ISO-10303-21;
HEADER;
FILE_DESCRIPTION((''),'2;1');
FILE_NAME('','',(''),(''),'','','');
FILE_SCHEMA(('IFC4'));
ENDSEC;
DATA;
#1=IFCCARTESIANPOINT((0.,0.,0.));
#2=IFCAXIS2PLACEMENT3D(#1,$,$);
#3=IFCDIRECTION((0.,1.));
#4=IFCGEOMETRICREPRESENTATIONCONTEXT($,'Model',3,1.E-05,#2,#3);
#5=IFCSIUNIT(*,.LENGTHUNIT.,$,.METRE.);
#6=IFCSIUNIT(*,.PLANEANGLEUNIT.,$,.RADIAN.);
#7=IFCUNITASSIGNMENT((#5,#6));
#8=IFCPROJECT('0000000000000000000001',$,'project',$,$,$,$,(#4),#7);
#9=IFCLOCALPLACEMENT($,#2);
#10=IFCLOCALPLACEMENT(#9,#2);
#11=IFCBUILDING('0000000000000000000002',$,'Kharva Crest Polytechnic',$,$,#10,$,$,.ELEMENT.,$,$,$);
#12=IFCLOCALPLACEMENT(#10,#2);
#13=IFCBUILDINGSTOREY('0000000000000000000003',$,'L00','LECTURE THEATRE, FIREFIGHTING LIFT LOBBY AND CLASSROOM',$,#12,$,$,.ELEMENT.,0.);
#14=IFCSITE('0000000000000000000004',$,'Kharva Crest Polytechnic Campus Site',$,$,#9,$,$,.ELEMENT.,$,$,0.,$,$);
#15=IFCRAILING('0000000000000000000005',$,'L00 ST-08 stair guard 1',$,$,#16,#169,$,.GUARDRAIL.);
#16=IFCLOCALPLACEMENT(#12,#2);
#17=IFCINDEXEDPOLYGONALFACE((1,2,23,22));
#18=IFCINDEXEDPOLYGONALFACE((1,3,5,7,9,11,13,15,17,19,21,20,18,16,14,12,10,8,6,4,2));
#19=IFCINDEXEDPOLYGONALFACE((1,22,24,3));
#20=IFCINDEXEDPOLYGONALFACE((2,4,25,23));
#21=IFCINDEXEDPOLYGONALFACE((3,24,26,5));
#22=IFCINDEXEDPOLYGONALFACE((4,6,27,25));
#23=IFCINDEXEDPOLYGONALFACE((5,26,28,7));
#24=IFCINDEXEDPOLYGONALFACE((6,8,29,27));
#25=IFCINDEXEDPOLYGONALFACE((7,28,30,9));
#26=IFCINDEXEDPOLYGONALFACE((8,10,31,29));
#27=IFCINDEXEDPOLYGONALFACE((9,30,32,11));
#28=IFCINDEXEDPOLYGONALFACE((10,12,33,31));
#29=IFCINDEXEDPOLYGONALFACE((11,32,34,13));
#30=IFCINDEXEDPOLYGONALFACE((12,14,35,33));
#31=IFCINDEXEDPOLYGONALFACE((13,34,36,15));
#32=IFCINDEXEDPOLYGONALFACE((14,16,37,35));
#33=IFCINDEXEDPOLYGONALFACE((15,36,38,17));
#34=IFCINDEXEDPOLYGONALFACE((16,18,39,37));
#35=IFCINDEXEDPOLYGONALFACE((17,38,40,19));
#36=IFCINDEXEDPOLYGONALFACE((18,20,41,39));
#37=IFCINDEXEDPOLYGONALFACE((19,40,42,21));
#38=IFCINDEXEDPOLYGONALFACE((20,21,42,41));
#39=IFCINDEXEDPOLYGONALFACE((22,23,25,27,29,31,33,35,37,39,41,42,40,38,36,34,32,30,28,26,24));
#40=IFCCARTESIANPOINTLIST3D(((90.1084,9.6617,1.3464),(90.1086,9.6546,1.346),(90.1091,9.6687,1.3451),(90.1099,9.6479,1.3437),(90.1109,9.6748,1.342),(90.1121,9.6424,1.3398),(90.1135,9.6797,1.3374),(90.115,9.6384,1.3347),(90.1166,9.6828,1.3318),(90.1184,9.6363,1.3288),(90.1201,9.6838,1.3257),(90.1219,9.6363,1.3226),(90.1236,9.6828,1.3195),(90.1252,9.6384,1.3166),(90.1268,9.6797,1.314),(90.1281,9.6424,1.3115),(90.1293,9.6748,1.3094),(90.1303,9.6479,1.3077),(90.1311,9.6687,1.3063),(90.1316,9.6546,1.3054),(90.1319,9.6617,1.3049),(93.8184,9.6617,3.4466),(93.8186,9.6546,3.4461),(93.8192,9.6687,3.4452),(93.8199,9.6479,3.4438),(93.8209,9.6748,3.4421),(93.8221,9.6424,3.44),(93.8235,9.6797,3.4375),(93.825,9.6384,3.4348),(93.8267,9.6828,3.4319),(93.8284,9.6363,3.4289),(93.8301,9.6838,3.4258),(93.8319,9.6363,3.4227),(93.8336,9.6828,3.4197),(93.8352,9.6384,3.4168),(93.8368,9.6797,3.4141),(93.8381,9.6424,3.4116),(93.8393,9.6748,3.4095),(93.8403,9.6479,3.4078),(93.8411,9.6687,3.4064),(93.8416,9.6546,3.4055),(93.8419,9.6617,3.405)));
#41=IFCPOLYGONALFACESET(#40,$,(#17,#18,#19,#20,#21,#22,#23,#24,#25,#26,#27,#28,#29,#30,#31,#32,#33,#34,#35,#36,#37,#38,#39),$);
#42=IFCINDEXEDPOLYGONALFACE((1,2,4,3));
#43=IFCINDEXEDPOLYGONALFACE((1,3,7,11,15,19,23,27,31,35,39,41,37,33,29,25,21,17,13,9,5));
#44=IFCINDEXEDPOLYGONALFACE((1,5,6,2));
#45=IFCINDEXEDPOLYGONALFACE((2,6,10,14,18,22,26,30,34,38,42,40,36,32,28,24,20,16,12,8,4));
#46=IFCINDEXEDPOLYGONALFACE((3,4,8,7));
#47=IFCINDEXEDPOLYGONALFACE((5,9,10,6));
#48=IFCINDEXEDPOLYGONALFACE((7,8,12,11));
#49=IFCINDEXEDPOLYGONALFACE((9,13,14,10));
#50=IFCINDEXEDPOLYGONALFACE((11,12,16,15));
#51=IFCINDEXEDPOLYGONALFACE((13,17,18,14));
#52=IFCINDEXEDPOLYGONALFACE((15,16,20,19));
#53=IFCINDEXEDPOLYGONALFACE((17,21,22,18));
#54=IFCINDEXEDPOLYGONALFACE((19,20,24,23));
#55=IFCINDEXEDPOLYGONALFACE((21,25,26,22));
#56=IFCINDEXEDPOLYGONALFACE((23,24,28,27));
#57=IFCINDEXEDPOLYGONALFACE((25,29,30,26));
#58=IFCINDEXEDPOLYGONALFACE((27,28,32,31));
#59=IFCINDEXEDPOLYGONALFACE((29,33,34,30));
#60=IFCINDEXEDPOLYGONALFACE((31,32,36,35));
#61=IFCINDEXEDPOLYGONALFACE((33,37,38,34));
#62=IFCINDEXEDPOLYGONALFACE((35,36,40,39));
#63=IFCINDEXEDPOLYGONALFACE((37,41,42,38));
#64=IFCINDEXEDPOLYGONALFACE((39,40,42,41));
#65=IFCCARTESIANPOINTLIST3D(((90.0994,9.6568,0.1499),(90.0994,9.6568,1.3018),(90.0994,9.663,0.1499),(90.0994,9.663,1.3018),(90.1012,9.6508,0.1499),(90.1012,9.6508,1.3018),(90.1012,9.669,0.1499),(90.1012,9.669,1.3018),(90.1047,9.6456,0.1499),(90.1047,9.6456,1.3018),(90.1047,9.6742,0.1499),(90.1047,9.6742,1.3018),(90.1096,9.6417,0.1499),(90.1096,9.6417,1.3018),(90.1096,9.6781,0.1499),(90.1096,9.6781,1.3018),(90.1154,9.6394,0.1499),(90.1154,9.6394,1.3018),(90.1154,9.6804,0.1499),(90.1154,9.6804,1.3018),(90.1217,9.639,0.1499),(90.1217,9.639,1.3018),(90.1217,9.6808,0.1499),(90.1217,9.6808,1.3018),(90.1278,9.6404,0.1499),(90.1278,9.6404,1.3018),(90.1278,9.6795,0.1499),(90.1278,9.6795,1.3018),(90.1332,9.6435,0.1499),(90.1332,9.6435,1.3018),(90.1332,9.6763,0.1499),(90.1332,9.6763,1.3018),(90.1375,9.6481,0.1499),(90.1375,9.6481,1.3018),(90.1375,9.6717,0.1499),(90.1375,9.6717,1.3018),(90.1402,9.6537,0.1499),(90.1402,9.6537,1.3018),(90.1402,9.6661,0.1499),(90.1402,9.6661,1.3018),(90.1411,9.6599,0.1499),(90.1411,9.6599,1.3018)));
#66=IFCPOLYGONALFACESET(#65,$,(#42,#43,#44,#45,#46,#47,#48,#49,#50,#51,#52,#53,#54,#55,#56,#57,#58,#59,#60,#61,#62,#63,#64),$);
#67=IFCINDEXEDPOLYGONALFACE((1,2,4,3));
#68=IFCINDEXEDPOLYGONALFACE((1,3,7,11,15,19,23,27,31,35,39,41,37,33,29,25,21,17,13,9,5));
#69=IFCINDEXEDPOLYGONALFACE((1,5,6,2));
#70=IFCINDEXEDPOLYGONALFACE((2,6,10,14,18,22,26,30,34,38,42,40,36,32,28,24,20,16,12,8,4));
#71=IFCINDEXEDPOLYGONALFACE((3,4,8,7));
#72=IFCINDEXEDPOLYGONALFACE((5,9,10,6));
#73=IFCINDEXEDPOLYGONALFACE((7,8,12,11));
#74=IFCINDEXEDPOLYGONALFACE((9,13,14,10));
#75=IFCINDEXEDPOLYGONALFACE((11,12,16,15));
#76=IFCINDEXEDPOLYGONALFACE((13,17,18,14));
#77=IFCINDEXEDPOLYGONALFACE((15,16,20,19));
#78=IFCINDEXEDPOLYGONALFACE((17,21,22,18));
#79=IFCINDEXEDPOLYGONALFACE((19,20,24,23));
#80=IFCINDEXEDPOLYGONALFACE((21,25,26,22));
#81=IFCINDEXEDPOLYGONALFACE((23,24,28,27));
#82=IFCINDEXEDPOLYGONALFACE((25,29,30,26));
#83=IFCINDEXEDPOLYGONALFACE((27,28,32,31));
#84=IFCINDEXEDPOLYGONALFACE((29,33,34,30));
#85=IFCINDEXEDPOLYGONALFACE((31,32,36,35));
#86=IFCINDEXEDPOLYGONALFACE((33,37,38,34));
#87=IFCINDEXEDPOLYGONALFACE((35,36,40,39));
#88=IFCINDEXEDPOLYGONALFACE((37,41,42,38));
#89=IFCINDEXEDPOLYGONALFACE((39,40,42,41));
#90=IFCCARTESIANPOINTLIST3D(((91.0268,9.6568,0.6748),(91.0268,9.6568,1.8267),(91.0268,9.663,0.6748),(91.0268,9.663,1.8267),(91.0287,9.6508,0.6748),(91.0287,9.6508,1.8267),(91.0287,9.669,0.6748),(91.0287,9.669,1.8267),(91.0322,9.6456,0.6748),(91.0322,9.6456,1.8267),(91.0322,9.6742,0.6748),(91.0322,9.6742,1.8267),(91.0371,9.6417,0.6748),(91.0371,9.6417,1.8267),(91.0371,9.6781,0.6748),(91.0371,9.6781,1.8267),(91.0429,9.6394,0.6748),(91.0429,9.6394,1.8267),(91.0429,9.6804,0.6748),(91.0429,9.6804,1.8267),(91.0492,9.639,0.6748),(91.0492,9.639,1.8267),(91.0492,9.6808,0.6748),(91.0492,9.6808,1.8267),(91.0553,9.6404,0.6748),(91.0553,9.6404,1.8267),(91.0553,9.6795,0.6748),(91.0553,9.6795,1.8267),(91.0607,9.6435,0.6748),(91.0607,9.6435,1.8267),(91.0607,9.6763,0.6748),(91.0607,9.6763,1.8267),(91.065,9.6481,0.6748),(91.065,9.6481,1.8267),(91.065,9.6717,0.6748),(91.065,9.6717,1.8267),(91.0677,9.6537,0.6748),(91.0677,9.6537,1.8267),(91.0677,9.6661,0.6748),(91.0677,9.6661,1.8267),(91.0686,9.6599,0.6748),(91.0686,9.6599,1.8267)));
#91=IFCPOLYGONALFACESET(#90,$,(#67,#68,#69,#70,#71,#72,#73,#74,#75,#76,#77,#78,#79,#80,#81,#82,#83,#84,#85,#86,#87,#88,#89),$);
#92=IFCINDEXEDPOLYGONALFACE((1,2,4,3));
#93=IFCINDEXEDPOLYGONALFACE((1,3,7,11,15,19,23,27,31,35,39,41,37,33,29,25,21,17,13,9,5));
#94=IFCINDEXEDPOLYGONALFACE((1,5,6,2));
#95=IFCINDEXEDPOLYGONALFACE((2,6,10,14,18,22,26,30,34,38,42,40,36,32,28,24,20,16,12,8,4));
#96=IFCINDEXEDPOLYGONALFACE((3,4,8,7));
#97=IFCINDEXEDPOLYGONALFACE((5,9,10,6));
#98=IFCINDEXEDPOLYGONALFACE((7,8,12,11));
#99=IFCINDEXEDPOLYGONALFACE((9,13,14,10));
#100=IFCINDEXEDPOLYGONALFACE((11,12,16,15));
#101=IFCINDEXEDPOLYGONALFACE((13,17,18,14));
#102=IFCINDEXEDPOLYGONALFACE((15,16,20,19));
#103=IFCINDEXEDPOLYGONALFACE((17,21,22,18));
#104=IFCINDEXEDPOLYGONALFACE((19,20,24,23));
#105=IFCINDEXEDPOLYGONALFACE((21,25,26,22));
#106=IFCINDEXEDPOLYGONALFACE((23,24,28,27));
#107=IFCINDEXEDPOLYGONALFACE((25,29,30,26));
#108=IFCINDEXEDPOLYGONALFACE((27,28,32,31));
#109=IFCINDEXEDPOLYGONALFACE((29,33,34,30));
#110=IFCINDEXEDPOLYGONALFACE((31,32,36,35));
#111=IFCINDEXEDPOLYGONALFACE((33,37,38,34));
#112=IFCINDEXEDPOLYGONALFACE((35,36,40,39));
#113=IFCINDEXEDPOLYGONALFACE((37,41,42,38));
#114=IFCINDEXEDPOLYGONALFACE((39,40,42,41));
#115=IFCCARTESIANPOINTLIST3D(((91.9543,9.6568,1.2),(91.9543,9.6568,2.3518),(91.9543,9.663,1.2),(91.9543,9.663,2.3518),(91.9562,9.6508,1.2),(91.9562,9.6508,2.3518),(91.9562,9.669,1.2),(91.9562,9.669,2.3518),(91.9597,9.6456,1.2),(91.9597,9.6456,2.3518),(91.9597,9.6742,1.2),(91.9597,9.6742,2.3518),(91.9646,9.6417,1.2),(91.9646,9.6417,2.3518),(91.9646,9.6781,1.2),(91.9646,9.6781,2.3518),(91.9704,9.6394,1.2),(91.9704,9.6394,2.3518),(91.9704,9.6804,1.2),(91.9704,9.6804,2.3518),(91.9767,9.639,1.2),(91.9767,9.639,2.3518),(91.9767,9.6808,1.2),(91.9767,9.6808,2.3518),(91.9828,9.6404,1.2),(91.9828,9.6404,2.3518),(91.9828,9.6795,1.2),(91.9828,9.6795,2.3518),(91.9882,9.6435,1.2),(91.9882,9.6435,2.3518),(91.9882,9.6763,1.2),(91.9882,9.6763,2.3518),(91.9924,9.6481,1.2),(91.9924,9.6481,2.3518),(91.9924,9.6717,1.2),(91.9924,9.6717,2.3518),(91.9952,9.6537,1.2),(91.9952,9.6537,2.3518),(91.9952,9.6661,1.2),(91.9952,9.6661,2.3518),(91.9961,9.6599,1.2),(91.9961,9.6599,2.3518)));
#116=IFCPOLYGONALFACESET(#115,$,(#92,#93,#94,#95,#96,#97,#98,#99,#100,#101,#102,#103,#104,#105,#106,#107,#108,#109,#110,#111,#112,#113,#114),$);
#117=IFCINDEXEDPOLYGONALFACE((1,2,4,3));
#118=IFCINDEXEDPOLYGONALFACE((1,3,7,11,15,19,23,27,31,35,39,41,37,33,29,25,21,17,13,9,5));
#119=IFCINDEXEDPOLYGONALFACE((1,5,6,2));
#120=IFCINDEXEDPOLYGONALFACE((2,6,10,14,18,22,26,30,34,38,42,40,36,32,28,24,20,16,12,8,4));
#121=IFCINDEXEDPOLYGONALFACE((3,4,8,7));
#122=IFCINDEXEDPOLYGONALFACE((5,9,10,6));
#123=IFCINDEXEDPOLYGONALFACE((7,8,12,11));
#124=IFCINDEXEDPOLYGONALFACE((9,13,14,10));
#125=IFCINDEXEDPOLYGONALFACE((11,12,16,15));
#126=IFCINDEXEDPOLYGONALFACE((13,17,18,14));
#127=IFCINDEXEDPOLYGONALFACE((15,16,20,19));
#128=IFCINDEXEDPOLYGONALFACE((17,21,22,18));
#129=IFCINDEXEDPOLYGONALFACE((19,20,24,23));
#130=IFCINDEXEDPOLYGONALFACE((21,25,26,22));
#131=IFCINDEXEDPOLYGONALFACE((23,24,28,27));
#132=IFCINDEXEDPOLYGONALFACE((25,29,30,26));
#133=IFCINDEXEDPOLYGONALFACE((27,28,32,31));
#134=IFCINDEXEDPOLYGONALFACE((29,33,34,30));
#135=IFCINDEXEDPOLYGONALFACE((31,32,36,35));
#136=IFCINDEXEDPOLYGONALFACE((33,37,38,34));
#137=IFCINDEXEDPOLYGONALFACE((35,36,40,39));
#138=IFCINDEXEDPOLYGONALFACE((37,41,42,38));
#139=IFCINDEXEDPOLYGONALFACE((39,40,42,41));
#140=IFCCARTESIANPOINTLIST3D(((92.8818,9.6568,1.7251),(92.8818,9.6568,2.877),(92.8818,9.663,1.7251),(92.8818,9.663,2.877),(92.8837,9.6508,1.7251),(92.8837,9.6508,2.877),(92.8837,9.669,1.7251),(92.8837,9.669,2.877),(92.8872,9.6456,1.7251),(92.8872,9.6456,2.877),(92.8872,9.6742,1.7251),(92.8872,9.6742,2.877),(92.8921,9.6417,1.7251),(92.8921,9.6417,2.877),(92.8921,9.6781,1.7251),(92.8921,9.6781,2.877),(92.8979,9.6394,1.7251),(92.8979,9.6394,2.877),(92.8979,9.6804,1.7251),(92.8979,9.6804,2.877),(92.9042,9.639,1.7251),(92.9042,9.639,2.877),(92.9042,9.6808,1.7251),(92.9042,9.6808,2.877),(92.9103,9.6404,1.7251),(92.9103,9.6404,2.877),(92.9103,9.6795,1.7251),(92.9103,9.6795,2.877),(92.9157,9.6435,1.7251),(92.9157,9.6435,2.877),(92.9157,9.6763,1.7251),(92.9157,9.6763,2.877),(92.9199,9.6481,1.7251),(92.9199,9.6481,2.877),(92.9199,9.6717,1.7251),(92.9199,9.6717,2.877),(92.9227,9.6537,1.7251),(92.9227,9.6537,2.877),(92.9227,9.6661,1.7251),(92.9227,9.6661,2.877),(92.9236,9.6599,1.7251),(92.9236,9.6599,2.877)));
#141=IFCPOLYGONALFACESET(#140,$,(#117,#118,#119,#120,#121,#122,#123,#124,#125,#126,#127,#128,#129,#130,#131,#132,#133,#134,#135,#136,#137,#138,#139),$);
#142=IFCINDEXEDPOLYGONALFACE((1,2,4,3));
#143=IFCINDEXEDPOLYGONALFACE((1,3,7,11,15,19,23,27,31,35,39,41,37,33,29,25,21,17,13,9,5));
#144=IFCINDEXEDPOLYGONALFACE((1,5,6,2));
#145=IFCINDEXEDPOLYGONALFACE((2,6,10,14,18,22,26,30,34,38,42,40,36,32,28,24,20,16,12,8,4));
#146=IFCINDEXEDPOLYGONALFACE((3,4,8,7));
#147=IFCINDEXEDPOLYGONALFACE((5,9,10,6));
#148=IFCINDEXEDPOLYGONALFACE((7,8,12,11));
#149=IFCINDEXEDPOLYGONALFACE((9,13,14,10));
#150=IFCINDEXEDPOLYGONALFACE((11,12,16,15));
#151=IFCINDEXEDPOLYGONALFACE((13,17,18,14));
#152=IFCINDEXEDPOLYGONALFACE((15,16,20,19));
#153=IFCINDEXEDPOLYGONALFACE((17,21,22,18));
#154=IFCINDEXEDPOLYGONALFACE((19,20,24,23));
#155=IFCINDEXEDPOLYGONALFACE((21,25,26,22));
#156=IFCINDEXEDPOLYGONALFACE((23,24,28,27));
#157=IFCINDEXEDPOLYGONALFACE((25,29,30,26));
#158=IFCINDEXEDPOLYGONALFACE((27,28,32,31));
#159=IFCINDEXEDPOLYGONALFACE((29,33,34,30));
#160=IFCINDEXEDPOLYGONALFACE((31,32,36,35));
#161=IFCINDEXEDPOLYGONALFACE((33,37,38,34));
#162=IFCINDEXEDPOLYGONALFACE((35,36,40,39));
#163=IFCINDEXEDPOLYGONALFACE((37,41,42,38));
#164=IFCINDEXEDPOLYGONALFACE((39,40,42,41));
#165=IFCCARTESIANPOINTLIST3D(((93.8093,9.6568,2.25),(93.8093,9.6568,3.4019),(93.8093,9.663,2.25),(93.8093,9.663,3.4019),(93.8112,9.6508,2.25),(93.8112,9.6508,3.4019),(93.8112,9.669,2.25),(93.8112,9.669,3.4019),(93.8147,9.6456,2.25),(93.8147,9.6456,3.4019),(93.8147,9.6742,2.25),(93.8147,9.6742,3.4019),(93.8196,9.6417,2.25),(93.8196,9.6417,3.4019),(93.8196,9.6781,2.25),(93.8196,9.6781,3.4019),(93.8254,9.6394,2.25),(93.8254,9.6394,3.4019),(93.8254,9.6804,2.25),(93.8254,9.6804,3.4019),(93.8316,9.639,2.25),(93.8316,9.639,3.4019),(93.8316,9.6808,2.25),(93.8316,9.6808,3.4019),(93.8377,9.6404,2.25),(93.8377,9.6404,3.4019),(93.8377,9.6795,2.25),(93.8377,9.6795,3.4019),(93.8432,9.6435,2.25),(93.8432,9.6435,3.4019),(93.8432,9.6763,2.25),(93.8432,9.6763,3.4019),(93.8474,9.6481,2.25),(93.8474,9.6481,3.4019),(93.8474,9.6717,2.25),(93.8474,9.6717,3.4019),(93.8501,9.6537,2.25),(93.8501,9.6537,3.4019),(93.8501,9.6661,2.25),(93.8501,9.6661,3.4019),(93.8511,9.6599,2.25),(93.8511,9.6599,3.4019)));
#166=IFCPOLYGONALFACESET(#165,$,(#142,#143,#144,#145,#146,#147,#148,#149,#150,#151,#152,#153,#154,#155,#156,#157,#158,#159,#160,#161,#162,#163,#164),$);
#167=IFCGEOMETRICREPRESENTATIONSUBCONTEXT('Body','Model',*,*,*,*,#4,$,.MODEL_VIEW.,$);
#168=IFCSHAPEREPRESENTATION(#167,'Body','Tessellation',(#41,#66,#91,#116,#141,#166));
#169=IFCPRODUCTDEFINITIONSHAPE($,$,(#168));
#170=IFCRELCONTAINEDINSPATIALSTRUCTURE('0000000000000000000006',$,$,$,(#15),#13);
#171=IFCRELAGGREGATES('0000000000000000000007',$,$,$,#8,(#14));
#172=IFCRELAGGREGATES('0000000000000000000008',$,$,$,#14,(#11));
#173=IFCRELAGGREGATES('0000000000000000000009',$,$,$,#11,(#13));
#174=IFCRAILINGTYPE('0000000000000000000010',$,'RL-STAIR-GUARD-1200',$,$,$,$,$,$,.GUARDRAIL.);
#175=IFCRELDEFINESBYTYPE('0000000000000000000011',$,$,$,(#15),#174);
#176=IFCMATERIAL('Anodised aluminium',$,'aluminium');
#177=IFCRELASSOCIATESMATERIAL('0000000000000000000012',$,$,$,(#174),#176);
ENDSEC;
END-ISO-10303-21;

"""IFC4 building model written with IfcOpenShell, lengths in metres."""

from ifc_helpers import new_model, si_unit, direction, frame, origin, origin_2d, place, context, subcontext, project, spatial, circle, extrude, material, type_object, element, save


model = new_model("IFC4")

# Units and contexts
model_context = context("Model", 3, precision=1e-05, world=origin(), true_north=direction((0.0, 1.0)))
body_context = subcontext(model_context, "Body", "Model", "MODEL_VIEW")
ifc_project = project(units=[si_unit("LENGTHUNIT", "METRE"), si_unit("PLANEANGLEUNIT", "RADIAN")], contexts=[model_context])

# Site, building, storey
site_placement = place(None, origin())
site = spatial("IfcSite", under=ifc_project, at=site_placement, Name="Kharva Crest Polytechnic Campus Site", CompositionType="ELEMENT", RefElevation=0.0)
building_placement = place(site_placement, origin())
building = spatial("IfcBuilding", under=site, at=building_placement, Name="Kharva Crest Polytechnic", CompositionType="ELEMENT")
storey_placement = place(building_placement, origin())
storey = spatial("IfcBuildingStorey", under=building, at=storey_placement, Name="L00", Description="LECTURE THEATRE, FIREFIGHTING LIFT LOBBY AND CLASSROOM", CompositionType="ELEMENT", Elevation=0.0)

# Shared definitions
ifc_material_1 = material(Name="Anodised aluminium", Category="aluminium")

# Railing
railing_type_1 = type_object("IfcRailingType", Name="RL-STAIR-GUARD-1200", PredefinedType="GUARDRAIL", material=ifc_material_1)
railing_1_placement = place(storey_placement, frame((90.1201, 9.6599, 0.1499)))
element("IfcRailing", 1, at=railing_1_placement, inside=storey, type_object=railing_type_1, Name="L00 ST-08 stair guard 1", PredefinedType="GUARDRAIL", context=body_context, shape_type="SweptSolid", body=[
    extrude(circle(Radius=0.0239, at=origin_2d()), frame((0.0, 0.0, 1.1758), z_axis=(0.870245, 0.0, 0.492619), x_axis=(0.0, 1.0, 0.0)), (0.0, 0.0, 1.0), 4.2632),
    extrude(circle(Radius=0.021, at=origin_2d()), origin(), (0.0, 0.0, 1.0), 1.1519),
    extrude(circle(Radius=0.021, at=origin_2d()), frame((0.9275, 0.0, 0.5249)), (0.0, 0.0, 1.0), 1.1519),
    extrude(circle(Radius=0.021, at=origin_2d()), frame((1.855, 0.0, 1.05)), (0.0, 0.0, 1.0), 1.1519),
    extrude(circle(Radius=0.021, at=origin_2d()), frame((2.7825, 0.0, 1.5752)), (0.0, 0.0, 1.0), 1.1519),
    extrude(circle(Radius=0.021, at=origin_2d()), frame((3.71, 0.0, 2.1001)), (0.0, 0.0, 1.0), 1.1519),
])

save(model, "model.ifc")
